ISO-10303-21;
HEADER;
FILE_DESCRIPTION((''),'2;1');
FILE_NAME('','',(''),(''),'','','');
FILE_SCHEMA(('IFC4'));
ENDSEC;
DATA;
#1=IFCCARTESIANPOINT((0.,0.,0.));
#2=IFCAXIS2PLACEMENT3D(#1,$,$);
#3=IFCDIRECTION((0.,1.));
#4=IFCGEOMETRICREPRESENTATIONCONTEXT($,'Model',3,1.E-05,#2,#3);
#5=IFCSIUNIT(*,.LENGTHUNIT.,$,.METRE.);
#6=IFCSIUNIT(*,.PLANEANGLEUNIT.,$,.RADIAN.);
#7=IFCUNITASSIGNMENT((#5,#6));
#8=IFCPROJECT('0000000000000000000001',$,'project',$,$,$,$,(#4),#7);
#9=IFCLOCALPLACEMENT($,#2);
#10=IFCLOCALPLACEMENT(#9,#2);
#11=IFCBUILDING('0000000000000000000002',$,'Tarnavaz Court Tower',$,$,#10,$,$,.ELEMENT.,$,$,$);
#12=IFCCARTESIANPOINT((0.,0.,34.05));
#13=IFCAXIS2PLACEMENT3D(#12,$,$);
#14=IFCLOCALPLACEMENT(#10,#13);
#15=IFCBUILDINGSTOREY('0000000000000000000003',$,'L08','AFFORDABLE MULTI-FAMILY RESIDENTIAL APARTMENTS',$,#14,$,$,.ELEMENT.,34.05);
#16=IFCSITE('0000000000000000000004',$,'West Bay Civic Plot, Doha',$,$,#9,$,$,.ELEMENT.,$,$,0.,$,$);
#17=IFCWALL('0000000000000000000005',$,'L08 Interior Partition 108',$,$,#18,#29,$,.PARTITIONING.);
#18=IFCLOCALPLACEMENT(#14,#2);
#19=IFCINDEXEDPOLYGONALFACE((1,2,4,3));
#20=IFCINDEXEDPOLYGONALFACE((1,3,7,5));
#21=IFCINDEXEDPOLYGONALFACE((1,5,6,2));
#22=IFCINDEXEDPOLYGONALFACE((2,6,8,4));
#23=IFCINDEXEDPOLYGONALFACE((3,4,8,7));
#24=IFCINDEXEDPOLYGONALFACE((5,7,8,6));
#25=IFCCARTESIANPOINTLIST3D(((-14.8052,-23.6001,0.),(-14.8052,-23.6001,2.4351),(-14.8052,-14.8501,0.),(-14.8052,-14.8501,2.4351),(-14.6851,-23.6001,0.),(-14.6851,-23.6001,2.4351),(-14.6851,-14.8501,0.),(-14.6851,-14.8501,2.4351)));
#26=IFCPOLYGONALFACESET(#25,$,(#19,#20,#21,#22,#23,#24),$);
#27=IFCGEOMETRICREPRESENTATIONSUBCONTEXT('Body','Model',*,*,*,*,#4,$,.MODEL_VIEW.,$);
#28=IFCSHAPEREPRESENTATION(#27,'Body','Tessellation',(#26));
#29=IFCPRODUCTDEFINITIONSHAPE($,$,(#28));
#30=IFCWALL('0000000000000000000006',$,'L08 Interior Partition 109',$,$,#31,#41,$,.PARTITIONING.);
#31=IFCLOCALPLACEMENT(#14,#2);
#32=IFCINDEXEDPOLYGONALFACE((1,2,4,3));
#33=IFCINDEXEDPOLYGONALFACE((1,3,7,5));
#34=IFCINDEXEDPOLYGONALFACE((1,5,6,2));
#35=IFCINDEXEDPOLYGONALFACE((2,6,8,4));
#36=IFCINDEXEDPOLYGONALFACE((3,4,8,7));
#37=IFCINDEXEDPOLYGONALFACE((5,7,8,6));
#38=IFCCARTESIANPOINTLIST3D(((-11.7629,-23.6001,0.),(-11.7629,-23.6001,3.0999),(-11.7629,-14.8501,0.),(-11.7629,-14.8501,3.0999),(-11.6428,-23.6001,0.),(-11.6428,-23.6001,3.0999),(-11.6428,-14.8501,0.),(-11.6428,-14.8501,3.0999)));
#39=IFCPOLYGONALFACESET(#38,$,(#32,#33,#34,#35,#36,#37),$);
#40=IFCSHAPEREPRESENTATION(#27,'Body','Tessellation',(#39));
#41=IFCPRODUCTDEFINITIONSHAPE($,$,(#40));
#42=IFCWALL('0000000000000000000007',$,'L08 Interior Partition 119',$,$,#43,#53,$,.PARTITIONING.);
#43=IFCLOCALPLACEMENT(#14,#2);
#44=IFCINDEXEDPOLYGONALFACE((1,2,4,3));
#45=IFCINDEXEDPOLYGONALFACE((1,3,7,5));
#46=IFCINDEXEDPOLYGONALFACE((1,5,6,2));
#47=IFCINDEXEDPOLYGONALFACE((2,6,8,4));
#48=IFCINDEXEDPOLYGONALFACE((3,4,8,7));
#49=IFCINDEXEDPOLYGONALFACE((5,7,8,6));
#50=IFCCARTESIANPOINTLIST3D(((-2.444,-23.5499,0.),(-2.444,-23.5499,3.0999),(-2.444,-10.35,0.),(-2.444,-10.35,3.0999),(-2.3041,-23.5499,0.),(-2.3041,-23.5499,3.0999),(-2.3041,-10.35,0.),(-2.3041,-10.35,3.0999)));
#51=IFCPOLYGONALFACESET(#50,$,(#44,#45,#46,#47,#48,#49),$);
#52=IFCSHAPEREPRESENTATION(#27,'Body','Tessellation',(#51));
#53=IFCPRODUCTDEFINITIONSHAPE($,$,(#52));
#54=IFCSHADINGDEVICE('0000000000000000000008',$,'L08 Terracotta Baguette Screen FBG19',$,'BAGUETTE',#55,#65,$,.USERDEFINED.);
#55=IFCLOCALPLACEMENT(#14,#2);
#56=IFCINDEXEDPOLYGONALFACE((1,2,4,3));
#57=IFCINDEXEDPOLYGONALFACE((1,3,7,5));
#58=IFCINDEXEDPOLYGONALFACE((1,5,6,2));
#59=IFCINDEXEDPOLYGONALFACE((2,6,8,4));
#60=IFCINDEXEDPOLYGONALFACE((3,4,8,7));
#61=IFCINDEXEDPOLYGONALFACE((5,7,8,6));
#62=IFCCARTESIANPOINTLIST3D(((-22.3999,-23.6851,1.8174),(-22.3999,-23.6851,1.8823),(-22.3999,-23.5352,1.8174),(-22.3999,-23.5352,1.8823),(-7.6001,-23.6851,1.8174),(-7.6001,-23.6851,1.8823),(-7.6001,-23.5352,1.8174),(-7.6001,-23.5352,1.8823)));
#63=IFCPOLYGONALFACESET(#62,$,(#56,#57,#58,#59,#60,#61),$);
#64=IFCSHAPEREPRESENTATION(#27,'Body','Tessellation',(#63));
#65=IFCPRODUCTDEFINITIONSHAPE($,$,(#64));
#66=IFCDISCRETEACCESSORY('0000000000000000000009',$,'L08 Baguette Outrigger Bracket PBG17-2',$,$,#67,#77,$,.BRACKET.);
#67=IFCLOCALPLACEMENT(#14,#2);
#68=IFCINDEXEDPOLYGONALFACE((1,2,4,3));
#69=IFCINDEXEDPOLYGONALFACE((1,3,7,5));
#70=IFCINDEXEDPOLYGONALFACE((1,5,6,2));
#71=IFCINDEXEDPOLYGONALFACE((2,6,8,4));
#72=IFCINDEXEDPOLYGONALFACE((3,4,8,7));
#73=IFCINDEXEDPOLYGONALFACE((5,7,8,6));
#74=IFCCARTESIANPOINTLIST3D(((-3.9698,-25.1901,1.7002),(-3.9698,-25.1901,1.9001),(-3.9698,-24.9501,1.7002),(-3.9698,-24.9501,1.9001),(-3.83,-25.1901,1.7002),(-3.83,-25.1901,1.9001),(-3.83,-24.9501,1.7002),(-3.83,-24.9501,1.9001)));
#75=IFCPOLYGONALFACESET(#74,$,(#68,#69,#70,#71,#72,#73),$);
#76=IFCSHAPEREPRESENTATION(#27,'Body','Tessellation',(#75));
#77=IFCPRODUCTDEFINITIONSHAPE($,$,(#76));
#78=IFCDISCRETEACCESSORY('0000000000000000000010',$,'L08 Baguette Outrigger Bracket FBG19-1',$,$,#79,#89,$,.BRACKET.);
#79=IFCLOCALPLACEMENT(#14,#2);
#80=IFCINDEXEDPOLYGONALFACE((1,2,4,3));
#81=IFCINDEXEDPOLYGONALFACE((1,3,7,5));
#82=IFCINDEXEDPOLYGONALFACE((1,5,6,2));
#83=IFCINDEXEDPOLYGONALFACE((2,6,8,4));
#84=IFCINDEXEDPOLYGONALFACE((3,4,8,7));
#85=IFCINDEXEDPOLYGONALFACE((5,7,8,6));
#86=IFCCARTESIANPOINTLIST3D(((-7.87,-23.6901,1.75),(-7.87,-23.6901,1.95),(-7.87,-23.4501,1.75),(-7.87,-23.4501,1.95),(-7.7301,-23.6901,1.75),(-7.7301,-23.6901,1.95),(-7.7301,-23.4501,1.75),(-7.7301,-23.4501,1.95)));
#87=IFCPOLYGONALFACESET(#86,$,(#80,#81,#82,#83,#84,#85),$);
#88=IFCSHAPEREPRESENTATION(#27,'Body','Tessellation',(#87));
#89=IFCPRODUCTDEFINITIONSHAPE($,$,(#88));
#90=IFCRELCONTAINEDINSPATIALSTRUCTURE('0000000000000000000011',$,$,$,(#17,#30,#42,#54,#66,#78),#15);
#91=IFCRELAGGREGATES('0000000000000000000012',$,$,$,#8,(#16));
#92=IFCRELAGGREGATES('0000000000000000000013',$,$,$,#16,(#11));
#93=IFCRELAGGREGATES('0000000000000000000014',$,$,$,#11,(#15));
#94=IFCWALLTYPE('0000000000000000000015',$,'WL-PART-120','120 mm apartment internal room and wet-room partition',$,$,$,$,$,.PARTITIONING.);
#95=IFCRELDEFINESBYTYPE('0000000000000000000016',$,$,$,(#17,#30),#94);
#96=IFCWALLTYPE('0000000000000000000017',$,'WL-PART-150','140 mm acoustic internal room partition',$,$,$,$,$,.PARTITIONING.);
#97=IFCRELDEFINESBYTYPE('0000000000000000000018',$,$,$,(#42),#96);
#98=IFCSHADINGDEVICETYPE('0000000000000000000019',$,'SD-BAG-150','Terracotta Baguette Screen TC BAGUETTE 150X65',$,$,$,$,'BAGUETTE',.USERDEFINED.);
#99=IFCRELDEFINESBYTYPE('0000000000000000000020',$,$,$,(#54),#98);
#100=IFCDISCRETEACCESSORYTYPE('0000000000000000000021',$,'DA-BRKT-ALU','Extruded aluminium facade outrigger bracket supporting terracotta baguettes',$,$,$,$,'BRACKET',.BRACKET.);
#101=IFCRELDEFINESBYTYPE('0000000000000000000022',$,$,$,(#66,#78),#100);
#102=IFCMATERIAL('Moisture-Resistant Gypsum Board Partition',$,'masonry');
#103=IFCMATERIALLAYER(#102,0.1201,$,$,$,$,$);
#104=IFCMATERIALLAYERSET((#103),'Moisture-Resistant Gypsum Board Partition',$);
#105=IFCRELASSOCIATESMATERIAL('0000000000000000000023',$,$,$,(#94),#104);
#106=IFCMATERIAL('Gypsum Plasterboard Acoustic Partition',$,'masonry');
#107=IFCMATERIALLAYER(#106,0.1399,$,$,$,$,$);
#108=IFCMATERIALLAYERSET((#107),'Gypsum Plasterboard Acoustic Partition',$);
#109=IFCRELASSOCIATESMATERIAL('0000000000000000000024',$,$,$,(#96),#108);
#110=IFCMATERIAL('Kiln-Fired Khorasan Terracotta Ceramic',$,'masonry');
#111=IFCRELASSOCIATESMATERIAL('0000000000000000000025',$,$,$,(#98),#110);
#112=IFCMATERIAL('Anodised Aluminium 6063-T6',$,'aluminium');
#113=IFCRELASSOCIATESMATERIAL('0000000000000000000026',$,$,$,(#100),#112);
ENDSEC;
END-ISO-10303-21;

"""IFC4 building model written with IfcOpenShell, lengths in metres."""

from ifc_helpers import new_model, si_unit, direction, frame, frame_2d, origin, origin_2d, place, context, subcontext, project, spatial, rectangle, extrude, material, layer, layer_set, material_profile, profile_set, type_object, element, save


model = new_model("IFC4")

# Units and contexts
model_context = context("Model", 3, precision=1e-05, world=origin(), true_north=direction((0.0, 1.0)))
body_context = subcontext(model_context, "Body", "Model", "MODEL_VIEW")
ifc_project = project(units=[si_unit("LENGTHUNIT", "METRE"), si_unit("PLANEANGLEUNIT", "RADIAN")], contexts=[model_context])

# Site, building, storey
site_placement = place(None, origin())
site = spatial("IfcSite", under=ifc_project, at=site_placement, Name="West Bay Civic Plot, Doha", CompositionType="ELEMENT", RefElevation=0.0)
building_placement = place(site_placement, origin())
building = spatial("IfcBuilding", under=site, at=building_placement, Name="Tarnavaz Court Tower", CompositionType="ELEMENT")
storey_placement = place(building_placement, frame((0.0, 0.0, 34.05)))
storey = spatial("IfcBuildingStorey", under=building, at=storey_placement, Name="L08", Description="AFFORDABLE MULTI-FAMILY RESIDENTIAL APARTMENTS", CompositionType="ELEMENT", Elevation=34.05)

# Shared definitions
ifc_material_1 = material(Name="Anodised Aluminium 6063-T6", Category="aluminium")

# Walls
ifc_material_2 = material(Name="Moisture-Resistant Gypsum Board Partition", Category="masonry")
ifc_layer_1 = layer(ifc_material_2, 0.1201)
ifc_layer_set_1 = layer_set([ifc_layer_1], Name="Moisture-Resistant Gypsum Board Partition")
wall_type_1 = type_object("IfcWallType", Name="WL-PART-120", Description="120 mm apartment internal room and wet-room partition", PredefinedType="PARTITIONING", material=ifc_layer_set_1)
wall_1_placement = place(storey_placement, frame((-14.7451, -23.6001, 0.0), z_axis=(0.0, 0.0, 1.0), x_axis=(0.0, 1.0, 0.0)))
element("IfcWall", 1, at=wall_1_placement, inside=storey, type_object=wall_type_1, Name="L08 Interior Partition 108", PredefinedType="PARTITIONING", context=body_context, shape_type="SweptSolid", body=[
    extrude(rectangle(XDim=8.75, YDim=0.1201, at=frame_2d((4.375, 0.0))), origin(), (0.0, 0.0, 1.0), 2.4351),
])
wall_2_placement = place(storey_placement, frame((-11.7029, -23.6001, 0.0), z_axis=(0.0, 0.0, 1.0), x_axis=(0.0, 1.0, 0.0)))
element("IfcWall", 2, at=wall_2_placement, inside=storey, type_object=wall_type_1, Name="L08 Interior Partition 109", PredefinedType="PARTITIONING", context=body_context, shape_type="SweptSolid", body=[
    extrude(rectangle(XDim=8.75, YDim=0.1201, at=frame_2d((4.375, 0.0))), origin(), (0.0, 0.0, 1.0), 3.0999),
])
ifc_material_3 = material(Name="Gypsum Plasterboard Acoustic Partition", Category="masonry")
ifc_layer_2 = layer(ifc_material_3, 0.1399)
ifc_layer_set_2 = layer_set([ifc_layer_2], Name="Gypsum Plasterboard Acoustic Partition")
wall_type_2 = type_object("IfcWallType", Name="WL-PART-150", Description="140 mm acoustic internal room partition", PredefinedType="PARTITIONING", material=ifc_layer_set_2)
wall_3_placement = place(storey_placement, frame((-2.374, -23.55, 0.0), z_axis=(0.0, 0.0, 1.0), x_axis=(0.0, 1.0, 0.0)))
element("IfcWall", 3, at=wall_3_placement, inside=storey, type_object=wall_type_2, Name="L08 Interior Partition 119", PredefinedType="PARTITIONING", context=body_context, shape_type="SweptSolid", body=[
    extrude(rectangle(XDim=13.2, YDim=0.1399, at=frame_2d((6.6001, 0.0))), origin(), (0.0, 0.0, 1.0), 3.0999),
])

# Shading device
ifc_material_4 = material(Name="Kiln-Fired Khorasan Terracotta Ceramic", Category="masonry")
ifc_material_profile_1 = material_profile(ifc_material_4, rectangle(XDim=0.1499, YDim=0.0649, at=origin_2d()), Name="TC BAGUETTE 150X65")
ifc_profile_set_1 = profile_set([ifc_material_profile_1], Name="Kiln-Fired Khorasan Terracotta Ceramic")
shading_device_type = type_object("IfcShadingDeviceType", Name="SD-BAG-150", Description="Terracotta Baguette Screen TC BAGUETTE 150X65", ElementType="BAGUETTE", PredefinedType="USERDEFINED", material=ifc_profile_set_1)
shading_device_placement = place(storey_placement, frame((-7.6001, -23.6101, 1.8499), z_axis=(-1.0, 0.0, 0.0), x_axis=(0.0, -1.0, 0.0)))
element("IfcShadingDevice", 4, at=shading_device_placement, inside=storey, type_object=shading_device_type, Name="L08 Terracotta Baguette Screen FBG19", ObjectType="BAGUETTE", PredefinedType="USERDEFINED", context=body_context, shape_type="SweptSolid", body=[
    extrude(rectangle(XDim=0.1499, YDim=0.0649, at=origin_2d()), origin(), (0.0, 0.0, 1.0), 14.7998),
])

# Discrete accessories
discrete_accessory_type = type_object("IfcDiscreteAccessoryType", Name="DA-BRKT-ALU", Description="Extruded aluminium facade outrigger bracket supporting terracotta baguettes", ElementType="BRACKET", PredefinedType="BRACKET", material=ifc_material_1)
for number, where, z_axis, x_axis, name in (
    (5, (-3.8999, -25.0701, 1.7002), (0.0, 0.0, 1.0), (-1.0, 0.0, 0.0), "L08 Baguette Outrigger Bracket PBG17-2"),
    (6, (-7.8, -23.5701, 1.75), (0.0, 0.0, 1.0), (-1.0, 0.0, 0.0), "L08 Baguette Outrigger Bracket FBG19-1"),
):
    element("IfcDiscreteAccessory", number, at=place(storey_placement, frame(where, z_axis=z_axis, x_axis=x_axis)), inside=storey, type_object=discrete_accessory_type, Name=name, PredefinedType="BRACKET", context=body_context, shape_type="SweptSolid", body=[
        extrude(rectangle(XDim=0.1399, YDim=0.24, at=origin_2d()), origin(), (0.0, 0.0, 1.0), 0.2),
    ])

save(model, "model.ifc")
